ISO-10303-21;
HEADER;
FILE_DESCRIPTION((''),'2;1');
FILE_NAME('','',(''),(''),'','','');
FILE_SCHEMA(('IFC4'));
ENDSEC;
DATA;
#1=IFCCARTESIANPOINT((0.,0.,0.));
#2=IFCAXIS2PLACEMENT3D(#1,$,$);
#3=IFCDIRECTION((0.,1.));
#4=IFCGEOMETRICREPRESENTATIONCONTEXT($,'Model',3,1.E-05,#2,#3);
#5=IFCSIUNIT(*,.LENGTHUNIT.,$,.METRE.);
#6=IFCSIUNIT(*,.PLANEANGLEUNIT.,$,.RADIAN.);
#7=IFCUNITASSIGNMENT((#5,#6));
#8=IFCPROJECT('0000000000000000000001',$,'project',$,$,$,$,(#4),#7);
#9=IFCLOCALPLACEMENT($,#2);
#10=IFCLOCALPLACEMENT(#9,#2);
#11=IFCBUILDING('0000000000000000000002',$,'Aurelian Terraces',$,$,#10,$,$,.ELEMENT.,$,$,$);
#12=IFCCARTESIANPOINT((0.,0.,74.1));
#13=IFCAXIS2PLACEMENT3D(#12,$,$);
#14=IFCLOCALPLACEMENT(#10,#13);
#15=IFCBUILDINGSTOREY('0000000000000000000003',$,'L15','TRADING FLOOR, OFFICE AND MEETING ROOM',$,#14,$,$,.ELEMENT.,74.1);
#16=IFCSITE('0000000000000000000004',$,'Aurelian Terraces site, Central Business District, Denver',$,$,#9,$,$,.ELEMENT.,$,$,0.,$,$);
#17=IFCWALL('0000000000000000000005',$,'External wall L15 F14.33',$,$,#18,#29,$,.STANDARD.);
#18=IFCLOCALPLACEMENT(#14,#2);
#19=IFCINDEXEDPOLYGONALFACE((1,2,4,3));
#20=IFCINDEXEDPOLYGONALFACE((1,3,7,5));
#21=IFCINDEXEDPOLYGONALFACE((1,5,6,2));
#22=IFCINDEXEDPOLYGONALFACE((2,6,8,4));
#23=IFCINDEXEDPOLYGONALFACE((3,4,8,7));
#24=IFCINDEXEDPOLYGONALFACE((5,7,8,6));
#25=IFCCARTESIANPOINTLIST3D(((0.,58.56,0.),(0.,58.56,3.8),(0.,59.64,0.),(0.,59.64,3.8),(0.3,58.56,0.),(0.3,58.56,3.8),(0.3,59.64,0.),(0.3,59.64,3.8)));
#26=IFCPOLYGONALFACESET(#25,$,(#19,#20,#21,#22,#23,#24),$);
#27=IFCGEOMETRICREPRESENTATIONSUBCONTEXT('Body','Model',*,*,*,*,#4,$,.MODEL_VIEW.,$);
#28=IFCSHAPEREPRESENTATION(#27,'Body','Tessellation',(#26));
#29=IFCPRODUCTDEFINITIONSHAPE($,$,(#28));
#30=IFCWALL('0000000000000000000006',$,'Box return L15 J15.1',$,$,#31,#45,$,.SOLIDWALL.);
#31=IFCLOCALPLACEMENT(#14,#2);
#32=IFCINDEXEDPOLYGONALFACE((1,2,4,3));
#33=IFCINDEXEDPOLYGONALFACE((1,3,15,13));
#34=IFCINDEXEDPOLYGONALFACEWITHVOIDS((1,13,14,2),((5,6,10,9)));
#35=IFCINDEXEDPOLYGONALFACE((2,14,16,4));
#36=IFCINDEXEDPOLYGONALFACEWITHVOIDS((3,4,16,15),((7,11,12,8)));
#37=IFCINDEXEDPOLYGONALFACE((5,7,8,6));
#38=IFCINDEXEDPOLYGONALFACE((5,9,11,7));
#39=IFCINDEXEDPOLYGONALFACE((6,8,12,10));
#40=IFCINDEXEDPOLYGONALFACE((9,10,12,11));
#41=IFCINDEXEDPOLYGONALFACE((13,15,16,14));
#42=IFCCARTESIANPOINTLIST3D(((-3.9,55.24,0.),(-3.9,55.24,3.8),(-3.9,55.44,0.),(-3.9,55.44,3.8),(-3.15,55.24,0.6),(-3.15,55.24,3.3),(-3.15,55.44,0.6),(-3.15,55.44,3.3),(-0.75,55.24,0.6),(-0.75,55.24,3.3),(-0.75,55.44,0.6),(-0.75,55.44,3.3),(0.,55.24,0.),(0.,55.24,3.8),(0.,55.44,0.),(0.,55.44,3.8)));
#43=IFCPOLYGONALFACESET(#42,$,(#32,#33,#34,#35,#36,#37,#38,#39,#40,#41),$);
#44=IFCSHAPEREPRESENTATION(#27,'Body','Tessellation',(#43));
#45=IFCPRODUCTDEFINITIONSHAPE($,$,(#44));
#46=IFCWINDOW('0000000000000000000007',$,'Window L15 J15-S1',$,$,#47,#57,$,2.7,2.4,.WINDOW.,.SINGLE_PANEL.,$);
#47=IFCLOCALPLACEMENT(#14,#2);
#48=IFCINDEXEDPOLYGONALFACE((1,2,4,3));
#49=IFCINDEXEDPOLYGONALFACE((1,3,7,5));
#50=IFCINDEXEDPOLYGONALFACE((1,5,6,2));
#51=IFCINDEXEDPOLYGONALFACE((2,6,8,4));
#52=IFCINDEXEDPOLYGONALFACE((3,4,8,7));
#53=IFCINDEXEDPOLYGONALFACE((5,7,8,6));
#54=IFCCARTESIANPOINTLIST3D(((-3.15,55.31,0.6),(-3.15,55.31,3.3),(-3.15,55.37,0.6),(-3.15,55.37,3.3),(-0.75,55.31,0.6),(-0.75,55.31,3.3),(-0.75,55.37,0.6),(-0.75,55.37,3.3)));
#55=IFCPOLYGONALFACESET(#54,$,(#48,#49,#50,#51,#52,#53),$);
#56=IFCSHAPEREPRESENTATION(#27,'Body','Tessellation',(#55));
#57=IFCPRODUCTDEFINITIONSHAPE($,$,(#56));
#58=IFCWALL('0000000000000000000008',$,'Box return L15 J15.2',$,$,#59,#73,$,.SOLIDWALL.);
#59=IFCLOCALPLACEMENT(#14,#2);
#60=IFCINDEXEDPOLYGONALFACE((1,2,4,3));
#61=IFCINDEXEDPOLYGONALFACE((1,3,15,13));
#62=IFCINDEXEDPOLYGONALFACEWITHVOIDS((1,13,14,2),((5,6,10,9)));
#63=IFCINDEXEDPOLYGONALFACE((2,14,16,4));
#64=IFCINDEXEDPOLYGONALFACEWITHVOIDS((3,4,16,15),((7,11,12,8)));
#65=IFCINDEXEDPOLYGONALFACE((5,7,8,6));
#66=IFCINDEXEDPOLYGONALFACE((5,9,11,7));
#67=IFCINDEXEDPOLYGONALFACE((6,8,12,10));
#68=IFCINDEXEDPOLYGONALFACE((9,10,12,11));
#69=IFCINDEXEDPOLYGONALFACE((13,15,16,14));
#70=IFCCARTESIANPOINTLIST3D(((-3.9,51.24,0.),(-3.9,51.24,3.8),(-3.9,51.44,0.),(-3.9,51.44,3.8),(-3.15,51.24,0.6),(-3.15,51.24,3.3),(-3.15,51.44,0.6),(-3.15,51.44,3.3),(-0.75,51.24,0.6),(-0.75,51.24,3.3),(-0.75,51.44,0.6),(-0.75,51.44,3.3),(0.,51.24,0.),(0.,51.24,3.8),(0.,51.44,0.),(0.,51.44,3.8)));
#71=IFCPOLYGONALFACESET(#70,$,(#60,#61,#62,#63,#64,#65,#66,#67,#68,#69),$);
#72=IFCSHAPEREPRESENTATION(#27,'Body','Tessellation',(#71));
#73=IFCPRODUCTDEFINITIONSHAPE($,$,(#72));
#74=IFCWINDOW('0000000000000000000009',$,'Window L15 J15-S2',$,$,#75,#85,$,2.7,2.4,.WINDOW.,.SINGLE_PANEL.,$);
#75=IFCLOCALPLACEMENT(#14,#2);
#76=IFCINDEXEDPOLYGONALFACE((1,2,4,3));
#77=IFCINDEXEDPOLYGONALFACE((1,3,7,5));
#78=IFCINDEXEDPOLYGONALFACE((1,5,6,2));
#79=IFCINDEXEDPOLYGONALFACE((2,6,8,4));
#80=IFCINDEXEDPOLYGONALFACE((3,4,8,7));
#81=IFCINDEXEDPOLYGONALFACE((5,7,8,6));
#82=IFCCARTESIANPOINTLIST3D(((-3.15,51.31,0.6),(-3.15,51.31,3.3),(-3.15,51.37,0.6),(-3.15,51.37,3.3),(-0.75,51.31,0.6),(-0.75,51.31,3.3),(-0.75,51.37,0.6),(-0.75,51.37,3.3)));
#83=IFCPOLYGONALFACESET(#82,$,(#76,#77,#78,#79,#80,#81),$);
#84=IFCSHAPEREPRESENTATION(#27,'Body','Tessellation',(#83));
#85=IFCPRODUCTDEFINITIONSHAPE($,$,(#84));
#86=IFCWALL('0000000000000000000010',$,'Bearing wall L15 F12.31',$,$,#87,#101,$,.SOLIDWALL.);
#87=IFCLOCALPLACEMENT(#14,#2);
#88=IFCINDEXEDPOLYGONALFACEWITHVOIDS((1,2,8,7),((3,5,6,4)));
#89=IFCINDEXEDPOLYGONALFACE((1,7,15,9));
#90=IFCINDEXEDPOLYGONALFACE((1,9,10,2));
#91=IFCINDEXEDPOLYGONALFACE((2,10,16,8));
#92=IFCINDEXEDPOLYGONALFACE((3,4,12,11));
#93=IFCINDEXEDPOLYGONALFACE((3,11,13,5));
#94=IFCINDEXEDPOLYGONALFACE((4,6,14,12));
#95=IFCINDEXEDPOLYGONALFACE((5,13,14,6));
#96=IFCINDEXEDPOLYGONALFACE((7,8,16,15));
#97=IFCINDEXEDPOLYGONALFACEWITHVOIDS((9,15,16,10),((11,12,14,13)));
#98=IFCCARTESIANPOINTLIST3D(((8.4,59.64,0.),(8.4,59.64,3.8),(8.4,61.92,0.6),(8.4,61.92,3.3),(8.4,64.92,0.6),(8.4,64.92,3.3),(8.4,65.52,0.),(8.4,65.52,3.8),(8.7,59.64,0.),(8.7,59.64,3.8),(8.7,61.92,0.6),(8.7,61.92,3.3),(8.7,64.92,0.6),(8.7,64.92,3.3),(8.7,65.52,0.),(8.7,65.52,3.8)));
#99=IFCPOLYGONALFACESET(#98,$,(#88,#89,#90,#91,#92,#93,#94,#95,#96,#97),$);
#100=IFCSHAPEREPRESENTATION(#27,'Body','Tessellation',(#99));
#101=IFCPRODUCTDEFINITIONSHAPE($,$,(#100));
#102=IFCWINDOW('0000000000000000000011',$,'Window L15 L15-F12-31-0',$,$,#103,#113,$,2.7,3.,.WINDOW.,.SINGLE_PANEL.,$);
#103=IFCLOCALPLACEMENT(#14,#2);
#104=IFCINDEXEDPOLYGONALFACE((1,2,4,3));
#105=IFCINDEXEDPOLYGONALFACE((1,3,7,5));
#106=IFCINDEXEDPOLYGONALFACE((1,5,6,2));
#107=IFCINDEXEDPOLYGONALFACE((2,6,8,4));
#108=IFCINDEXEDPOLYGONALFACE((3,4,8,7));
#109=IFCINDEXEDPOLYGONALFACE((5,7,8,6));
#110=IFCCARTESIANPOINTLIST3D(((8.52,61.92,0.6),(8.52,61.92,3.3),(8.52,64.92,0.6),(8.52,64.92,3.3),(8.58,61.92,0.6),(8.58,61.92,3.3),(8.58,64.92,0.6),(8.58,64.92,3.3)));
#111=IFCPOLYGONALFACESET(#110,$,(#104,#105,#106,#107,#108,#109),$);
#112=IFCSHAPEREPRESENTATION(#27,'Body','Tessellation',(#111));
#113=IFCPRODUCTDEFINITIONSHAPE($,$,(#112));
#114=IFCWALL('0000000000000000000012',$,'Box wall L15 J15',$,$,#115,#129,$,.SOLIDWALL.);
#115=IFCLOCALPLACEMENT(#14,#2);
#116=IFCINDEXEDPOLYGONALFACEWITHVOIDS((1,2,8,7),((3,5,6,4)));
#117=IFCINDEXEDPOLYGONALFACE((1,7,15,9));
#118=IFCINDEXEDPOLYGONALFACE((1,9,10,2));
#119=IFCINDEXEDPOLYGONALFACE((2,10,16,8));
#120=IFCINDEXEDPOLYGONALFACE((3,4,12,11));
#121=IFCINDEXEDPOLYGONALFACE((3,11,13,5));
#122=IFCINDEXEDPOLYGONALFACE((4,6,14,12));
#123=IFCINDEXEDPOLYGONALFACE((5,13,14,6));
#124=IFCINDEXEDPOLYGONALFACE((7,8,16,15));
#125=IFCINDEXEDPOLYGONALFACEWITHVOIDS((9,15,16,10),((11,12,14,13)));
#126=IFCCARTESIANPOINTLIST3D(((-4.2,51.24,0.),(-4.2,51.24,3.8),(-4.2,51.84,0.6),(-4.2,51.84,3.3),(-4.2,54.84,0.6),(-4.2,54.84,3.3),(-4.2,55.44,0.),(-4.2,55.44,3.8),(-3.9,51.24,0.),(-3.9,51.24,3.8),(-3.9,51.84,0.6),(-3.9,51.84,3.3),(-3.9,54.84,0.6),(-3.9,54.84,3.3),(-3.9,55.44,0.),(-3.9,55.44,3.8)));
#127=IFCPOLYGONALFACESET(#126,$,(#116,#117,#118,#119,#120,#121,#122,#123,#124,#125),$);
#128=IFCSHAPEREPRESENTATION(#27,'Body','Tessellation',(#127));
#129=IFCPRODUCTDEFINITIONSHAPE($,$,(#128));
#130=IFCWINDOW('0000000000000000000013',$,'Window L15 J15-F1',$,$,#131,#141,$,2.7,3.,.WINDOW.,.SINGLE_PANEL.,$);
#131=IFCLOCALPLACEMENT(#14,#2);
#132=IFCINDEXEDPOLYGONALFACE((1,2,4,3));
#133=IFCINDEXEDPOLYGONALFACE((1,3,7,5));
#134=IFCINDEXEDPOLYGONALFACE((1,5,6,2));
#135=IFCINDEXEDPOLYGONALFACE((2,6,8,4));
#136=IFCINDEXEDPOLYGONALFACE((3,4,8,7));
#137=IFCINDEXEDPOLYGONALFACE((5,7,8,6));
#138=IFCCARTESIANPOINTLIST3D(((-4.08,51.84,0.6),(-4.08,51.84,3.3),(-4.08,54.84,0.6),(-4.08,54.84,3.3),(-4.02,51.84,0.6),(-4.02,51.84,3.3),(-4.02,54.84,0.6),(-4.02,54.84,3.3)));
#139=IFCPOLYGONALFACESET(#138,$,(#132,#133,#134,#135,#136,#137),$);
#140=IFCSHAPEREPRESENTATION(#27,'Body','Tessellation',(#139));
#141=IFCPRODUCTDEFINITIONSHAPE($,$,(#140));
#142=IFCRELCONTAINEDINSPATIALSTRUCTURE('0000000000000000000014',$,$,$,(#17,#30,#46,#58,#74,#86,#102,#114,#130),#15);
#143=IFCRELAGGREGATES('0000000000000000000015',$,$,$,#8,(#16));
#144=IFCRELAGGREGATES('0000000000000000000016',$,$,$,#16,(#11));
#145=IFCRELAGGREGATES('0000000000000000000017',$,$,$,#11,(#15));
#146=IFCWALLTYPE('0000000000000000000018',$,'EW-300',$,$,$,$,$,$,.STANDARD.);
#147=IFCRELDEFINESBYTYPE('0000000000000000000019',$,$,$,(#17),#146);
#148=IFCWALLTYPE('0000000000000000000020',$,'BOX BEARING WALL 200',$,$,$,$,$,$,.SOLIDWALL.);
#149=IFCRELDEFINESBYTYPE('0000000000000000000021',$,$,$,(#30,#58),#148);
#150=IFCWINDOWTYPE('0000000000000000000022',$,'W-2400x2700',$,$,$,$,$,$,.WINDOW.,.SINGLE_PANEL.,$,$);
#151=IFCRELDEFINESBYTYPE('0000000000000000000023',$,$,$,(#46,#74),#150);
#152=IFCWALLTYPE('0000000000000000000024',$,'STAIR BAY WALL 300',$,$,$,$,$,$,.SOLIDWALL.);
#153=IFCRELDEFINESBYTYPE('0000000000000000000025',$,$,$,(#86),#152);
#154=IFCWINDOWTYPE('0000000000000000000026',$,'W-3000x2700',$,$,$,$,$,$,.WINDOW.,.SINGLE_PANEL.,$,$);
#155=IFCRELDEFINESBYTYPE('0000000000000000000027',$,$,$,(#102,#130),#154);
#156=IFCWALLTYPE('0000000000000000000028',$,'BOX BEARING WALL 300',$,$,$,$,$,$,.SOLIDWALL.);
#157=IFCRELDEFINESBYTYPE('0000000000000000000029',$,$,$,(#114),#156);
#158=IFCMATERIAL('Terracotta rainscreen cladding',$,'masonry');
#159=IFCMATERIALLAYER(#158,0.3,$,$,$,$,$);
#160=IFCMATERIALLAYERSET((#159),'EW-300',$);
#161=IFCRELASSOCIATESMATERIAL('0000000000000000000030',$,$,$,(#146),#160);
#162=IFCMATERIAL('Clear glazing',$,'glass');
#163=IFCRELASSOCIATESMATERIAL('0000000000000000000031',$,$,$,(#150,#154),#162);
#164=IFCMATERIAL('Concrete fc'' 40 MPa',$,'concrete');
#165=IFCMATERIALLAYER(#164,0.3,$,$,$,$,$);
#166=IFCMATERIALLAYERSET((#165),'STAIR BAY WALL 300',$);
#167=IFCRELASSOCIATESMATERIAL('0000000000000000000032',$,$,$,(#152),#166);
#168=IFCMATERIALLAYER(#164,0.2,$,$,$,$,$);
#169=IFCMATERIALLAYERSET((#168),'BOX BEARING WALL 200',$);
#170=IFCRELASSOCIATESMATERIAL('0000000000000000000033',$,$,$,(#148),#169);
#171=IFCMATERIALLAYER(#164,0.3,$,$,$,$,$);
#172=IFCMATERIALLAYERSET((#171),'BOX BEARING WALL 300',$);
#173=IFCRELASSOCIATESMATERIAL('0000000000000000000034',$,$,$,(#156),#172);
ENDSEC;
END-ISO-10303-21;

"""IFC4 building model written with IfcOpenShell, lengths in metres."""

from ifc_helpers import new_model, si_unit, direction, frame, frame_2d, origin, place, context, subcontext, project, spatial, rectangle, extrude, source, transform, mapped, material, layer, layer_set, type_object, element, fill, save


model = new_model("IFC4")

# Units and contexts
model_context = context("Model", 3, precision=1e-05, world=origin(), true_north=direction((0.0, 1.0)))
body_context = subcontext(model_context, "Body", "Model", "MODEL_VIEW")
ifc_project = project(units=[si_unit("LENGTHUNIT", "METRE"), si_unit("PLANEANGLEUNIT", "RADIAN")], contexts=[model_context])

# Site, building, storey
site_placement = place(None, origin())
site = spatial("IfcSite", under=ifc_project, at=site_placement, Name="Aurelian Terraces site, Central Business District, Denver", CompositionType="ELEMENT", RefElevation=0.0)
building_placement = place(site_placement, origin())
building = spatial("IfcBuilding", under=site, at=building_placement, Name="Aurelian Terraces", CompositionType="ELEMENT")
storey_placement = place(building_placement, frame((0.0, 0.0, 74.1)))
storey = spatial("IfcBuildingStorey", under=building, at=storey_placement, Name="L15", Description="TRADING FLOOR, OFFICE AND MEETING ROOM", CompositionType="ELEMENT", Elevation=74.1)

# Shared definitions
ifc_material_1 = material(Name="Concrete fc' 40 MPa", Category="concrete")

# Shared definitions
ifc_material_2 = material(Name="Terracotta rainscreen cladding", Category="masonry")
ifc_layer_1 = layer(ifc_material_2, 0.3)
ifc_layer_set_1 = layer_set([ifc_layer_1], Name="EW-300")
wall_type_1 = type_object("IfcWallType", Name="EW-300", PredefinedType="STANDARD", material=ifc_layer_set_1)

# Shared definitions
ifc_material_3 = material(Name="Clear glazing", Category="glass")
window_type_1 = type_object("IfcWindowType", Name="W-2400x2700", PartitioningType="SINGLE_PANEL", PredefinedType="WINDOW", material=ifc_material_3)
shared_shape_1 = source(origin(), body_context, "Body", "SweptSolid", [
    extrude(rectangle(XDim=2.4, YDim=2.7, at=frame_2d((1.2, 1.35))), frame((0.0, 0.03, 0.0), z_axis=(0.0, -1.0, 0.0), x_axis=(1.0, 0.0, 0.0)), (0.0, 0.0, 1.0), 0.06),
])

# Wall
ifc_layer_2 = layer(ifc_material_1, 0.3)
ifc_layer_set_2 = layer_set([ifc_layer_2], Name="STAIR BAY WALL 300")
wall_type_2 = type_object("IfcWallType", Name="STAIR BAY WALL 300", PredefinedType="SOLIDWALL", material=ifc_layer_set_2)
shared_shape_2 = source(origin(), body_context, "Body", "SweptSolid", [
    extrude(rectangle(XDim=1.08, YDim=0.3, at=frame_2d((0.54, 0.0))), origin(), (0.0, 0.0, 1.0), 3.8),
])
wall_1_placement = place(storey_placement, frame((0.15, 59.64, 0.0), z_axis=(0.0, 0.0, 1.0), x_axis=(0.0, -1.0, 0.0)))
element("IfcWall", 1, at=wall_1_placement, inside=storey, type_object=wall_type_1, Name="External wall L15 F14.33", PredefinedType="STANDARD", context=body_context, shape_type="MappedRepresentation", body=[
    mapped(shared_shape_2, transform((0.0, 0.0, 0.0), scale=1.0)),
])

# Walls, openings, windows
ifc_layer_3 = layer(ifc_material_1, 0.2)
ifc_layer_set_3 = layer_set([ifc_layer_3], Name="BOX BEARING WALL 200")
wall_type_3 = type_object("IfcWallType", Name="BOX BEARING WALL 200", PredefinedType="SOLIDWALL", material=ifc_layer_set_3)
shared_shape_3 = source(origin(), body_context, "Body", "SweptSolid", [
    extrude(rectangle(XDim=3.9, YDim=0.2, at=frame_2d((1.95, 0.0))), origin(), (0.0, 0.0, 1.0), 3.8),
])
wall_2_placement = place(storey_placement, frame((0.0, 55.34, 0.0), z_axis=(0.0, 0.0, 1.0), x_axis=(-1.0, 0.0, 0.0)))
wall_2 = element("IfcWall", 2, at=wall_2_placement, inside=storey, type_object=wall_type_3, Name="Box return L15 J15.1", PredefinedType="SOLIDWALL", context=body_context, shape_type="MappedRepresentation", body=[
    mapped(shared_shape_3, transform((0.0, 0.0, 0.0), scale=1.0)),
])
shared_shape_4 = source(origin(), body_context, "Body", "SweptSolid", [
    extrude(rectangle(XDim=2.4, YDim=2.7, at=frame_2d((1.2, 1.35))), frame((0.0, 0.11, 0.0), z_axis=(0.0, -1.0, 0.0), x_axis=(1.0, 0.0, 0.0)), (0.0, 0.0, 1.0), 0.22),
])
opening_1_placement = place(wall_2_placement, frame((0.75, 0.0, 0.6)))
opening_1 = element("IfcOpeningElement", 3, at=opening_1_placement, cuts=wall_2, PredefinedType="OPENING", context=body_context, shape_type="MappedRepresentation", body=[
    mapped(shared_shape_4, transform((0.0, 0.0, 0.0), scale=1.0)),
])
window_1_placement = place(opening_1_placement, origin())
window_1 = element("IfcWindow", 4, at=window_1_placement, inside=storey, type_object=window_type_1, Name="Window L15 J15-S1", OverallHeight=2.7, OverallWidth=2.4, PartitioningType="SINGLE_PANEL", PredefinedType="WINDOW", context=body_context, shape_type="MappedRepresentation", body=[
    mapped(shared_shape_1, transform((0.0, 0.0, 0.0), scale=1.0)),
])
fill(opening_1, window_1)
wall_3_placement = place(storey_placement, frame((0.0, 51.34, 0.0), z_axis=(0.0, 0.0, 1.0), x_axis=(-1.0, 0.0, 0.0)))
wall_3 = element("IfcWall", 5, at=wall_3_placement, inside=storey, type_object=wall_type_3, Name="Box return L15 J15.2", PredefinedType="SOLIDWALL", context=body_context, shape_type="MappedRepresentation", body=[
    mapped(shared_shape_3, transform((0.0, 0.0, 0.0), scale=1.0)),
])
opening_2_placement = place(wall_3_placement, frame((0.75, 0.0, 0.6)))
opening_2 = element("IfcOpeningElement", 6, at=opening_2_placement, cuts=wall_3, PredefinedType="OPENING", context=body_context, shape_type="MappedRepresentation", body=[
    mapped(shared_shape_4, transform((0.0, 0.0, 0.0), scale=1.0)),
])
window_2_placement = place(opening_2_placement, origin())
window_2 = element("IfcWindow", 7, at=window_2_placement, inside=storey, type_object=window_type_1, Name="Window L15 J15-S2", OverallHeight=2.7, OverallWidth=2.4, PartitioningType="SINGLE_PANEL", PredefinedType="WINDOW", context=body_context, shape_type="MappedRepresentation", body=[
    mapped(shared_shape_1, transform((0.0, 0.0, 0.0), scale=1.0)),
])
fill(opening_2, window_2)
shared_shape_5 = source(origin(), body_context, "Body", "SweptSolid", [
    extrude(rectangle(XDim=5.88, YDim=0.3, at=frame_2d((2.94, 0.0))), origin(), (0.0, 0.0, 1.0), 3.8),
])
wall_4_placement = place(storey_placement, frame((8.55, 65.52, 0.0), z_axis=(0.0, 0.0, 1.0), x_axis=(0.0, -1.0, 0.0)))
wall_4 = element("IfcWall", 8, at=wall_4_placement, inside=storey, type_object=wall_type_2, Name="Bearing wall L15 F12.31", PredefinedType="SOLIDWALL", context=body_context, shape_type="MappedRepresentation", body=[
    mapped(shared_shape_5, transform((0.0, 0.0, 0.0), scale=1.0)),
])
shared_shape_6 = source(origin(), body_context, "Body", "SweptSolid", [
    extrude(rectangle(XDim=3.0, YDim=2.7, at=frame_2d((1.5, 1.35))), frame((0.0, 0.16, 0.0), z_axis=(0.0, -1.0, 0.0), x_axis=(1.0, 0.0, 0.0)), (0.0, 0.0, 1.0), 0.32),
])
opening_3_placement = place(wall_4_placement, frame((0.6, 0.0, 0.6)))
opening_3 = element("IfcOpeningElement", 9, at=opening_3_placement, cuts=wall_4, PredefinedType="OPENING", context=body_context, shape_type="MappedRepresentation", body=[
    mapped(shared_shape_6, transform((0.0, 0.0, 0.0), scale=1.0)),
])
window_type_2 = type_object("IfcWindowType", Name="W-3000x2700", PartitioningType="SINGLE_PANEL", PredefinedType="WINDOW", material=ifc_material_3)
shared_shape_7 = source(origin(), body_context, "Body", "SweptSolid", [
    extrude(rectangle(XDim=3.0, YDim=2.7, at=frame_2d((1.5, 1.35))), frame((0.0, 0.03, 0.0), z_axis=(0.0, -1.0, 0.0), x_axis=(1.0, 0.0, 0.0)), (0.0, 0.0, 1.0), 0.06),
])
window_3_placement = place(opening_3_placement, origin())
window_3 = element("IfcWindow", 10, at=window_3_placement, inside=storey, type_object=window_type_2, Name="Window L15 L15-F12-31-0", OverallHeight=2.7, OverallWidth=3.0, PartitioningType="SINGLE_PANEL", PredefinedType="WINDOW", context=body_context, shape_type="MappedRepresentation", body=[
    mapped(shared_shape_7, transform((0.0, 0.0, 0.0), scale=1.0)),
])
fill(opening_3, window_3)
ifc_layer_4 = layer(ifc_material_1, 0.3)
ifc_layer_set_4 = layer_set([ifc_layer_4], Name="BOX BEARING WALL 300")
wall_type_4 = type_object("IfcWallType", Name="BOX BEARING WALL 300", PredefinedType="SOLIDWALL", material=ifc_layer_set_4)
shared_shape_8 = source(origin(), body_context, "Body", "SweptSolid", [
    extrude(rectangle(XDim=4.2, YDim=0.3, at=frame_2d((2.1, 0.0))), origin(), (0.0, 0.0, 1.0), 3.8),
])
wall_5_placement = place(storey_placement, frame((-4.05, 55.44, 0.0), z_axis=(0.0, 0.0, 1.0), x_axis=(0.0, -1.0, 0.0)))
wall_5 = element("IfcWall", 11, at=wall_5_placement, inside=storey, type_object=wall_type_4, Name="Box wall L15 J15", PredefinedType="SOLIDWALL", context=body_context, shape_type="MappedRepresentation", body=[
    mapped(shared_shape_8, transform((0.0, 0.0, 0.0), scale=1.0)),
])
opening_4_placement = place(wall_5_placement, frame((0.6, 0.0, 0.6)))
opening_4 = element("IfcOpeningElement", 12, at=opening_4_placement, cuts=wall_5, PredefinedType="OPENING", context=body_context, shape_type="MappedRepresentation", body=[
    mapped(shared_shape_6, transform((0.0, 0.0, 0.0), scale=1.0)),
])
window_4_placement = place(opening_4_placement, origin())
window_4 = element("IfcWindow", 13, at=window_4_placement, inside=storey, type_object=window_type_2, Name="Window L15 J15-F1", OverallHeight=2.7, OverallWidth=3.0, PartitioningType="SINGLE_PANEL", PredefinedType="WINDOW", context=body_context, shape_type="MappedRepresentation", body=[
    mapped(shared_shape_7, transform((0.0, 0.0, 0.0), scale=1.0)),
])
fill(opening_4, window_4)

save(model, "model.ifc")
